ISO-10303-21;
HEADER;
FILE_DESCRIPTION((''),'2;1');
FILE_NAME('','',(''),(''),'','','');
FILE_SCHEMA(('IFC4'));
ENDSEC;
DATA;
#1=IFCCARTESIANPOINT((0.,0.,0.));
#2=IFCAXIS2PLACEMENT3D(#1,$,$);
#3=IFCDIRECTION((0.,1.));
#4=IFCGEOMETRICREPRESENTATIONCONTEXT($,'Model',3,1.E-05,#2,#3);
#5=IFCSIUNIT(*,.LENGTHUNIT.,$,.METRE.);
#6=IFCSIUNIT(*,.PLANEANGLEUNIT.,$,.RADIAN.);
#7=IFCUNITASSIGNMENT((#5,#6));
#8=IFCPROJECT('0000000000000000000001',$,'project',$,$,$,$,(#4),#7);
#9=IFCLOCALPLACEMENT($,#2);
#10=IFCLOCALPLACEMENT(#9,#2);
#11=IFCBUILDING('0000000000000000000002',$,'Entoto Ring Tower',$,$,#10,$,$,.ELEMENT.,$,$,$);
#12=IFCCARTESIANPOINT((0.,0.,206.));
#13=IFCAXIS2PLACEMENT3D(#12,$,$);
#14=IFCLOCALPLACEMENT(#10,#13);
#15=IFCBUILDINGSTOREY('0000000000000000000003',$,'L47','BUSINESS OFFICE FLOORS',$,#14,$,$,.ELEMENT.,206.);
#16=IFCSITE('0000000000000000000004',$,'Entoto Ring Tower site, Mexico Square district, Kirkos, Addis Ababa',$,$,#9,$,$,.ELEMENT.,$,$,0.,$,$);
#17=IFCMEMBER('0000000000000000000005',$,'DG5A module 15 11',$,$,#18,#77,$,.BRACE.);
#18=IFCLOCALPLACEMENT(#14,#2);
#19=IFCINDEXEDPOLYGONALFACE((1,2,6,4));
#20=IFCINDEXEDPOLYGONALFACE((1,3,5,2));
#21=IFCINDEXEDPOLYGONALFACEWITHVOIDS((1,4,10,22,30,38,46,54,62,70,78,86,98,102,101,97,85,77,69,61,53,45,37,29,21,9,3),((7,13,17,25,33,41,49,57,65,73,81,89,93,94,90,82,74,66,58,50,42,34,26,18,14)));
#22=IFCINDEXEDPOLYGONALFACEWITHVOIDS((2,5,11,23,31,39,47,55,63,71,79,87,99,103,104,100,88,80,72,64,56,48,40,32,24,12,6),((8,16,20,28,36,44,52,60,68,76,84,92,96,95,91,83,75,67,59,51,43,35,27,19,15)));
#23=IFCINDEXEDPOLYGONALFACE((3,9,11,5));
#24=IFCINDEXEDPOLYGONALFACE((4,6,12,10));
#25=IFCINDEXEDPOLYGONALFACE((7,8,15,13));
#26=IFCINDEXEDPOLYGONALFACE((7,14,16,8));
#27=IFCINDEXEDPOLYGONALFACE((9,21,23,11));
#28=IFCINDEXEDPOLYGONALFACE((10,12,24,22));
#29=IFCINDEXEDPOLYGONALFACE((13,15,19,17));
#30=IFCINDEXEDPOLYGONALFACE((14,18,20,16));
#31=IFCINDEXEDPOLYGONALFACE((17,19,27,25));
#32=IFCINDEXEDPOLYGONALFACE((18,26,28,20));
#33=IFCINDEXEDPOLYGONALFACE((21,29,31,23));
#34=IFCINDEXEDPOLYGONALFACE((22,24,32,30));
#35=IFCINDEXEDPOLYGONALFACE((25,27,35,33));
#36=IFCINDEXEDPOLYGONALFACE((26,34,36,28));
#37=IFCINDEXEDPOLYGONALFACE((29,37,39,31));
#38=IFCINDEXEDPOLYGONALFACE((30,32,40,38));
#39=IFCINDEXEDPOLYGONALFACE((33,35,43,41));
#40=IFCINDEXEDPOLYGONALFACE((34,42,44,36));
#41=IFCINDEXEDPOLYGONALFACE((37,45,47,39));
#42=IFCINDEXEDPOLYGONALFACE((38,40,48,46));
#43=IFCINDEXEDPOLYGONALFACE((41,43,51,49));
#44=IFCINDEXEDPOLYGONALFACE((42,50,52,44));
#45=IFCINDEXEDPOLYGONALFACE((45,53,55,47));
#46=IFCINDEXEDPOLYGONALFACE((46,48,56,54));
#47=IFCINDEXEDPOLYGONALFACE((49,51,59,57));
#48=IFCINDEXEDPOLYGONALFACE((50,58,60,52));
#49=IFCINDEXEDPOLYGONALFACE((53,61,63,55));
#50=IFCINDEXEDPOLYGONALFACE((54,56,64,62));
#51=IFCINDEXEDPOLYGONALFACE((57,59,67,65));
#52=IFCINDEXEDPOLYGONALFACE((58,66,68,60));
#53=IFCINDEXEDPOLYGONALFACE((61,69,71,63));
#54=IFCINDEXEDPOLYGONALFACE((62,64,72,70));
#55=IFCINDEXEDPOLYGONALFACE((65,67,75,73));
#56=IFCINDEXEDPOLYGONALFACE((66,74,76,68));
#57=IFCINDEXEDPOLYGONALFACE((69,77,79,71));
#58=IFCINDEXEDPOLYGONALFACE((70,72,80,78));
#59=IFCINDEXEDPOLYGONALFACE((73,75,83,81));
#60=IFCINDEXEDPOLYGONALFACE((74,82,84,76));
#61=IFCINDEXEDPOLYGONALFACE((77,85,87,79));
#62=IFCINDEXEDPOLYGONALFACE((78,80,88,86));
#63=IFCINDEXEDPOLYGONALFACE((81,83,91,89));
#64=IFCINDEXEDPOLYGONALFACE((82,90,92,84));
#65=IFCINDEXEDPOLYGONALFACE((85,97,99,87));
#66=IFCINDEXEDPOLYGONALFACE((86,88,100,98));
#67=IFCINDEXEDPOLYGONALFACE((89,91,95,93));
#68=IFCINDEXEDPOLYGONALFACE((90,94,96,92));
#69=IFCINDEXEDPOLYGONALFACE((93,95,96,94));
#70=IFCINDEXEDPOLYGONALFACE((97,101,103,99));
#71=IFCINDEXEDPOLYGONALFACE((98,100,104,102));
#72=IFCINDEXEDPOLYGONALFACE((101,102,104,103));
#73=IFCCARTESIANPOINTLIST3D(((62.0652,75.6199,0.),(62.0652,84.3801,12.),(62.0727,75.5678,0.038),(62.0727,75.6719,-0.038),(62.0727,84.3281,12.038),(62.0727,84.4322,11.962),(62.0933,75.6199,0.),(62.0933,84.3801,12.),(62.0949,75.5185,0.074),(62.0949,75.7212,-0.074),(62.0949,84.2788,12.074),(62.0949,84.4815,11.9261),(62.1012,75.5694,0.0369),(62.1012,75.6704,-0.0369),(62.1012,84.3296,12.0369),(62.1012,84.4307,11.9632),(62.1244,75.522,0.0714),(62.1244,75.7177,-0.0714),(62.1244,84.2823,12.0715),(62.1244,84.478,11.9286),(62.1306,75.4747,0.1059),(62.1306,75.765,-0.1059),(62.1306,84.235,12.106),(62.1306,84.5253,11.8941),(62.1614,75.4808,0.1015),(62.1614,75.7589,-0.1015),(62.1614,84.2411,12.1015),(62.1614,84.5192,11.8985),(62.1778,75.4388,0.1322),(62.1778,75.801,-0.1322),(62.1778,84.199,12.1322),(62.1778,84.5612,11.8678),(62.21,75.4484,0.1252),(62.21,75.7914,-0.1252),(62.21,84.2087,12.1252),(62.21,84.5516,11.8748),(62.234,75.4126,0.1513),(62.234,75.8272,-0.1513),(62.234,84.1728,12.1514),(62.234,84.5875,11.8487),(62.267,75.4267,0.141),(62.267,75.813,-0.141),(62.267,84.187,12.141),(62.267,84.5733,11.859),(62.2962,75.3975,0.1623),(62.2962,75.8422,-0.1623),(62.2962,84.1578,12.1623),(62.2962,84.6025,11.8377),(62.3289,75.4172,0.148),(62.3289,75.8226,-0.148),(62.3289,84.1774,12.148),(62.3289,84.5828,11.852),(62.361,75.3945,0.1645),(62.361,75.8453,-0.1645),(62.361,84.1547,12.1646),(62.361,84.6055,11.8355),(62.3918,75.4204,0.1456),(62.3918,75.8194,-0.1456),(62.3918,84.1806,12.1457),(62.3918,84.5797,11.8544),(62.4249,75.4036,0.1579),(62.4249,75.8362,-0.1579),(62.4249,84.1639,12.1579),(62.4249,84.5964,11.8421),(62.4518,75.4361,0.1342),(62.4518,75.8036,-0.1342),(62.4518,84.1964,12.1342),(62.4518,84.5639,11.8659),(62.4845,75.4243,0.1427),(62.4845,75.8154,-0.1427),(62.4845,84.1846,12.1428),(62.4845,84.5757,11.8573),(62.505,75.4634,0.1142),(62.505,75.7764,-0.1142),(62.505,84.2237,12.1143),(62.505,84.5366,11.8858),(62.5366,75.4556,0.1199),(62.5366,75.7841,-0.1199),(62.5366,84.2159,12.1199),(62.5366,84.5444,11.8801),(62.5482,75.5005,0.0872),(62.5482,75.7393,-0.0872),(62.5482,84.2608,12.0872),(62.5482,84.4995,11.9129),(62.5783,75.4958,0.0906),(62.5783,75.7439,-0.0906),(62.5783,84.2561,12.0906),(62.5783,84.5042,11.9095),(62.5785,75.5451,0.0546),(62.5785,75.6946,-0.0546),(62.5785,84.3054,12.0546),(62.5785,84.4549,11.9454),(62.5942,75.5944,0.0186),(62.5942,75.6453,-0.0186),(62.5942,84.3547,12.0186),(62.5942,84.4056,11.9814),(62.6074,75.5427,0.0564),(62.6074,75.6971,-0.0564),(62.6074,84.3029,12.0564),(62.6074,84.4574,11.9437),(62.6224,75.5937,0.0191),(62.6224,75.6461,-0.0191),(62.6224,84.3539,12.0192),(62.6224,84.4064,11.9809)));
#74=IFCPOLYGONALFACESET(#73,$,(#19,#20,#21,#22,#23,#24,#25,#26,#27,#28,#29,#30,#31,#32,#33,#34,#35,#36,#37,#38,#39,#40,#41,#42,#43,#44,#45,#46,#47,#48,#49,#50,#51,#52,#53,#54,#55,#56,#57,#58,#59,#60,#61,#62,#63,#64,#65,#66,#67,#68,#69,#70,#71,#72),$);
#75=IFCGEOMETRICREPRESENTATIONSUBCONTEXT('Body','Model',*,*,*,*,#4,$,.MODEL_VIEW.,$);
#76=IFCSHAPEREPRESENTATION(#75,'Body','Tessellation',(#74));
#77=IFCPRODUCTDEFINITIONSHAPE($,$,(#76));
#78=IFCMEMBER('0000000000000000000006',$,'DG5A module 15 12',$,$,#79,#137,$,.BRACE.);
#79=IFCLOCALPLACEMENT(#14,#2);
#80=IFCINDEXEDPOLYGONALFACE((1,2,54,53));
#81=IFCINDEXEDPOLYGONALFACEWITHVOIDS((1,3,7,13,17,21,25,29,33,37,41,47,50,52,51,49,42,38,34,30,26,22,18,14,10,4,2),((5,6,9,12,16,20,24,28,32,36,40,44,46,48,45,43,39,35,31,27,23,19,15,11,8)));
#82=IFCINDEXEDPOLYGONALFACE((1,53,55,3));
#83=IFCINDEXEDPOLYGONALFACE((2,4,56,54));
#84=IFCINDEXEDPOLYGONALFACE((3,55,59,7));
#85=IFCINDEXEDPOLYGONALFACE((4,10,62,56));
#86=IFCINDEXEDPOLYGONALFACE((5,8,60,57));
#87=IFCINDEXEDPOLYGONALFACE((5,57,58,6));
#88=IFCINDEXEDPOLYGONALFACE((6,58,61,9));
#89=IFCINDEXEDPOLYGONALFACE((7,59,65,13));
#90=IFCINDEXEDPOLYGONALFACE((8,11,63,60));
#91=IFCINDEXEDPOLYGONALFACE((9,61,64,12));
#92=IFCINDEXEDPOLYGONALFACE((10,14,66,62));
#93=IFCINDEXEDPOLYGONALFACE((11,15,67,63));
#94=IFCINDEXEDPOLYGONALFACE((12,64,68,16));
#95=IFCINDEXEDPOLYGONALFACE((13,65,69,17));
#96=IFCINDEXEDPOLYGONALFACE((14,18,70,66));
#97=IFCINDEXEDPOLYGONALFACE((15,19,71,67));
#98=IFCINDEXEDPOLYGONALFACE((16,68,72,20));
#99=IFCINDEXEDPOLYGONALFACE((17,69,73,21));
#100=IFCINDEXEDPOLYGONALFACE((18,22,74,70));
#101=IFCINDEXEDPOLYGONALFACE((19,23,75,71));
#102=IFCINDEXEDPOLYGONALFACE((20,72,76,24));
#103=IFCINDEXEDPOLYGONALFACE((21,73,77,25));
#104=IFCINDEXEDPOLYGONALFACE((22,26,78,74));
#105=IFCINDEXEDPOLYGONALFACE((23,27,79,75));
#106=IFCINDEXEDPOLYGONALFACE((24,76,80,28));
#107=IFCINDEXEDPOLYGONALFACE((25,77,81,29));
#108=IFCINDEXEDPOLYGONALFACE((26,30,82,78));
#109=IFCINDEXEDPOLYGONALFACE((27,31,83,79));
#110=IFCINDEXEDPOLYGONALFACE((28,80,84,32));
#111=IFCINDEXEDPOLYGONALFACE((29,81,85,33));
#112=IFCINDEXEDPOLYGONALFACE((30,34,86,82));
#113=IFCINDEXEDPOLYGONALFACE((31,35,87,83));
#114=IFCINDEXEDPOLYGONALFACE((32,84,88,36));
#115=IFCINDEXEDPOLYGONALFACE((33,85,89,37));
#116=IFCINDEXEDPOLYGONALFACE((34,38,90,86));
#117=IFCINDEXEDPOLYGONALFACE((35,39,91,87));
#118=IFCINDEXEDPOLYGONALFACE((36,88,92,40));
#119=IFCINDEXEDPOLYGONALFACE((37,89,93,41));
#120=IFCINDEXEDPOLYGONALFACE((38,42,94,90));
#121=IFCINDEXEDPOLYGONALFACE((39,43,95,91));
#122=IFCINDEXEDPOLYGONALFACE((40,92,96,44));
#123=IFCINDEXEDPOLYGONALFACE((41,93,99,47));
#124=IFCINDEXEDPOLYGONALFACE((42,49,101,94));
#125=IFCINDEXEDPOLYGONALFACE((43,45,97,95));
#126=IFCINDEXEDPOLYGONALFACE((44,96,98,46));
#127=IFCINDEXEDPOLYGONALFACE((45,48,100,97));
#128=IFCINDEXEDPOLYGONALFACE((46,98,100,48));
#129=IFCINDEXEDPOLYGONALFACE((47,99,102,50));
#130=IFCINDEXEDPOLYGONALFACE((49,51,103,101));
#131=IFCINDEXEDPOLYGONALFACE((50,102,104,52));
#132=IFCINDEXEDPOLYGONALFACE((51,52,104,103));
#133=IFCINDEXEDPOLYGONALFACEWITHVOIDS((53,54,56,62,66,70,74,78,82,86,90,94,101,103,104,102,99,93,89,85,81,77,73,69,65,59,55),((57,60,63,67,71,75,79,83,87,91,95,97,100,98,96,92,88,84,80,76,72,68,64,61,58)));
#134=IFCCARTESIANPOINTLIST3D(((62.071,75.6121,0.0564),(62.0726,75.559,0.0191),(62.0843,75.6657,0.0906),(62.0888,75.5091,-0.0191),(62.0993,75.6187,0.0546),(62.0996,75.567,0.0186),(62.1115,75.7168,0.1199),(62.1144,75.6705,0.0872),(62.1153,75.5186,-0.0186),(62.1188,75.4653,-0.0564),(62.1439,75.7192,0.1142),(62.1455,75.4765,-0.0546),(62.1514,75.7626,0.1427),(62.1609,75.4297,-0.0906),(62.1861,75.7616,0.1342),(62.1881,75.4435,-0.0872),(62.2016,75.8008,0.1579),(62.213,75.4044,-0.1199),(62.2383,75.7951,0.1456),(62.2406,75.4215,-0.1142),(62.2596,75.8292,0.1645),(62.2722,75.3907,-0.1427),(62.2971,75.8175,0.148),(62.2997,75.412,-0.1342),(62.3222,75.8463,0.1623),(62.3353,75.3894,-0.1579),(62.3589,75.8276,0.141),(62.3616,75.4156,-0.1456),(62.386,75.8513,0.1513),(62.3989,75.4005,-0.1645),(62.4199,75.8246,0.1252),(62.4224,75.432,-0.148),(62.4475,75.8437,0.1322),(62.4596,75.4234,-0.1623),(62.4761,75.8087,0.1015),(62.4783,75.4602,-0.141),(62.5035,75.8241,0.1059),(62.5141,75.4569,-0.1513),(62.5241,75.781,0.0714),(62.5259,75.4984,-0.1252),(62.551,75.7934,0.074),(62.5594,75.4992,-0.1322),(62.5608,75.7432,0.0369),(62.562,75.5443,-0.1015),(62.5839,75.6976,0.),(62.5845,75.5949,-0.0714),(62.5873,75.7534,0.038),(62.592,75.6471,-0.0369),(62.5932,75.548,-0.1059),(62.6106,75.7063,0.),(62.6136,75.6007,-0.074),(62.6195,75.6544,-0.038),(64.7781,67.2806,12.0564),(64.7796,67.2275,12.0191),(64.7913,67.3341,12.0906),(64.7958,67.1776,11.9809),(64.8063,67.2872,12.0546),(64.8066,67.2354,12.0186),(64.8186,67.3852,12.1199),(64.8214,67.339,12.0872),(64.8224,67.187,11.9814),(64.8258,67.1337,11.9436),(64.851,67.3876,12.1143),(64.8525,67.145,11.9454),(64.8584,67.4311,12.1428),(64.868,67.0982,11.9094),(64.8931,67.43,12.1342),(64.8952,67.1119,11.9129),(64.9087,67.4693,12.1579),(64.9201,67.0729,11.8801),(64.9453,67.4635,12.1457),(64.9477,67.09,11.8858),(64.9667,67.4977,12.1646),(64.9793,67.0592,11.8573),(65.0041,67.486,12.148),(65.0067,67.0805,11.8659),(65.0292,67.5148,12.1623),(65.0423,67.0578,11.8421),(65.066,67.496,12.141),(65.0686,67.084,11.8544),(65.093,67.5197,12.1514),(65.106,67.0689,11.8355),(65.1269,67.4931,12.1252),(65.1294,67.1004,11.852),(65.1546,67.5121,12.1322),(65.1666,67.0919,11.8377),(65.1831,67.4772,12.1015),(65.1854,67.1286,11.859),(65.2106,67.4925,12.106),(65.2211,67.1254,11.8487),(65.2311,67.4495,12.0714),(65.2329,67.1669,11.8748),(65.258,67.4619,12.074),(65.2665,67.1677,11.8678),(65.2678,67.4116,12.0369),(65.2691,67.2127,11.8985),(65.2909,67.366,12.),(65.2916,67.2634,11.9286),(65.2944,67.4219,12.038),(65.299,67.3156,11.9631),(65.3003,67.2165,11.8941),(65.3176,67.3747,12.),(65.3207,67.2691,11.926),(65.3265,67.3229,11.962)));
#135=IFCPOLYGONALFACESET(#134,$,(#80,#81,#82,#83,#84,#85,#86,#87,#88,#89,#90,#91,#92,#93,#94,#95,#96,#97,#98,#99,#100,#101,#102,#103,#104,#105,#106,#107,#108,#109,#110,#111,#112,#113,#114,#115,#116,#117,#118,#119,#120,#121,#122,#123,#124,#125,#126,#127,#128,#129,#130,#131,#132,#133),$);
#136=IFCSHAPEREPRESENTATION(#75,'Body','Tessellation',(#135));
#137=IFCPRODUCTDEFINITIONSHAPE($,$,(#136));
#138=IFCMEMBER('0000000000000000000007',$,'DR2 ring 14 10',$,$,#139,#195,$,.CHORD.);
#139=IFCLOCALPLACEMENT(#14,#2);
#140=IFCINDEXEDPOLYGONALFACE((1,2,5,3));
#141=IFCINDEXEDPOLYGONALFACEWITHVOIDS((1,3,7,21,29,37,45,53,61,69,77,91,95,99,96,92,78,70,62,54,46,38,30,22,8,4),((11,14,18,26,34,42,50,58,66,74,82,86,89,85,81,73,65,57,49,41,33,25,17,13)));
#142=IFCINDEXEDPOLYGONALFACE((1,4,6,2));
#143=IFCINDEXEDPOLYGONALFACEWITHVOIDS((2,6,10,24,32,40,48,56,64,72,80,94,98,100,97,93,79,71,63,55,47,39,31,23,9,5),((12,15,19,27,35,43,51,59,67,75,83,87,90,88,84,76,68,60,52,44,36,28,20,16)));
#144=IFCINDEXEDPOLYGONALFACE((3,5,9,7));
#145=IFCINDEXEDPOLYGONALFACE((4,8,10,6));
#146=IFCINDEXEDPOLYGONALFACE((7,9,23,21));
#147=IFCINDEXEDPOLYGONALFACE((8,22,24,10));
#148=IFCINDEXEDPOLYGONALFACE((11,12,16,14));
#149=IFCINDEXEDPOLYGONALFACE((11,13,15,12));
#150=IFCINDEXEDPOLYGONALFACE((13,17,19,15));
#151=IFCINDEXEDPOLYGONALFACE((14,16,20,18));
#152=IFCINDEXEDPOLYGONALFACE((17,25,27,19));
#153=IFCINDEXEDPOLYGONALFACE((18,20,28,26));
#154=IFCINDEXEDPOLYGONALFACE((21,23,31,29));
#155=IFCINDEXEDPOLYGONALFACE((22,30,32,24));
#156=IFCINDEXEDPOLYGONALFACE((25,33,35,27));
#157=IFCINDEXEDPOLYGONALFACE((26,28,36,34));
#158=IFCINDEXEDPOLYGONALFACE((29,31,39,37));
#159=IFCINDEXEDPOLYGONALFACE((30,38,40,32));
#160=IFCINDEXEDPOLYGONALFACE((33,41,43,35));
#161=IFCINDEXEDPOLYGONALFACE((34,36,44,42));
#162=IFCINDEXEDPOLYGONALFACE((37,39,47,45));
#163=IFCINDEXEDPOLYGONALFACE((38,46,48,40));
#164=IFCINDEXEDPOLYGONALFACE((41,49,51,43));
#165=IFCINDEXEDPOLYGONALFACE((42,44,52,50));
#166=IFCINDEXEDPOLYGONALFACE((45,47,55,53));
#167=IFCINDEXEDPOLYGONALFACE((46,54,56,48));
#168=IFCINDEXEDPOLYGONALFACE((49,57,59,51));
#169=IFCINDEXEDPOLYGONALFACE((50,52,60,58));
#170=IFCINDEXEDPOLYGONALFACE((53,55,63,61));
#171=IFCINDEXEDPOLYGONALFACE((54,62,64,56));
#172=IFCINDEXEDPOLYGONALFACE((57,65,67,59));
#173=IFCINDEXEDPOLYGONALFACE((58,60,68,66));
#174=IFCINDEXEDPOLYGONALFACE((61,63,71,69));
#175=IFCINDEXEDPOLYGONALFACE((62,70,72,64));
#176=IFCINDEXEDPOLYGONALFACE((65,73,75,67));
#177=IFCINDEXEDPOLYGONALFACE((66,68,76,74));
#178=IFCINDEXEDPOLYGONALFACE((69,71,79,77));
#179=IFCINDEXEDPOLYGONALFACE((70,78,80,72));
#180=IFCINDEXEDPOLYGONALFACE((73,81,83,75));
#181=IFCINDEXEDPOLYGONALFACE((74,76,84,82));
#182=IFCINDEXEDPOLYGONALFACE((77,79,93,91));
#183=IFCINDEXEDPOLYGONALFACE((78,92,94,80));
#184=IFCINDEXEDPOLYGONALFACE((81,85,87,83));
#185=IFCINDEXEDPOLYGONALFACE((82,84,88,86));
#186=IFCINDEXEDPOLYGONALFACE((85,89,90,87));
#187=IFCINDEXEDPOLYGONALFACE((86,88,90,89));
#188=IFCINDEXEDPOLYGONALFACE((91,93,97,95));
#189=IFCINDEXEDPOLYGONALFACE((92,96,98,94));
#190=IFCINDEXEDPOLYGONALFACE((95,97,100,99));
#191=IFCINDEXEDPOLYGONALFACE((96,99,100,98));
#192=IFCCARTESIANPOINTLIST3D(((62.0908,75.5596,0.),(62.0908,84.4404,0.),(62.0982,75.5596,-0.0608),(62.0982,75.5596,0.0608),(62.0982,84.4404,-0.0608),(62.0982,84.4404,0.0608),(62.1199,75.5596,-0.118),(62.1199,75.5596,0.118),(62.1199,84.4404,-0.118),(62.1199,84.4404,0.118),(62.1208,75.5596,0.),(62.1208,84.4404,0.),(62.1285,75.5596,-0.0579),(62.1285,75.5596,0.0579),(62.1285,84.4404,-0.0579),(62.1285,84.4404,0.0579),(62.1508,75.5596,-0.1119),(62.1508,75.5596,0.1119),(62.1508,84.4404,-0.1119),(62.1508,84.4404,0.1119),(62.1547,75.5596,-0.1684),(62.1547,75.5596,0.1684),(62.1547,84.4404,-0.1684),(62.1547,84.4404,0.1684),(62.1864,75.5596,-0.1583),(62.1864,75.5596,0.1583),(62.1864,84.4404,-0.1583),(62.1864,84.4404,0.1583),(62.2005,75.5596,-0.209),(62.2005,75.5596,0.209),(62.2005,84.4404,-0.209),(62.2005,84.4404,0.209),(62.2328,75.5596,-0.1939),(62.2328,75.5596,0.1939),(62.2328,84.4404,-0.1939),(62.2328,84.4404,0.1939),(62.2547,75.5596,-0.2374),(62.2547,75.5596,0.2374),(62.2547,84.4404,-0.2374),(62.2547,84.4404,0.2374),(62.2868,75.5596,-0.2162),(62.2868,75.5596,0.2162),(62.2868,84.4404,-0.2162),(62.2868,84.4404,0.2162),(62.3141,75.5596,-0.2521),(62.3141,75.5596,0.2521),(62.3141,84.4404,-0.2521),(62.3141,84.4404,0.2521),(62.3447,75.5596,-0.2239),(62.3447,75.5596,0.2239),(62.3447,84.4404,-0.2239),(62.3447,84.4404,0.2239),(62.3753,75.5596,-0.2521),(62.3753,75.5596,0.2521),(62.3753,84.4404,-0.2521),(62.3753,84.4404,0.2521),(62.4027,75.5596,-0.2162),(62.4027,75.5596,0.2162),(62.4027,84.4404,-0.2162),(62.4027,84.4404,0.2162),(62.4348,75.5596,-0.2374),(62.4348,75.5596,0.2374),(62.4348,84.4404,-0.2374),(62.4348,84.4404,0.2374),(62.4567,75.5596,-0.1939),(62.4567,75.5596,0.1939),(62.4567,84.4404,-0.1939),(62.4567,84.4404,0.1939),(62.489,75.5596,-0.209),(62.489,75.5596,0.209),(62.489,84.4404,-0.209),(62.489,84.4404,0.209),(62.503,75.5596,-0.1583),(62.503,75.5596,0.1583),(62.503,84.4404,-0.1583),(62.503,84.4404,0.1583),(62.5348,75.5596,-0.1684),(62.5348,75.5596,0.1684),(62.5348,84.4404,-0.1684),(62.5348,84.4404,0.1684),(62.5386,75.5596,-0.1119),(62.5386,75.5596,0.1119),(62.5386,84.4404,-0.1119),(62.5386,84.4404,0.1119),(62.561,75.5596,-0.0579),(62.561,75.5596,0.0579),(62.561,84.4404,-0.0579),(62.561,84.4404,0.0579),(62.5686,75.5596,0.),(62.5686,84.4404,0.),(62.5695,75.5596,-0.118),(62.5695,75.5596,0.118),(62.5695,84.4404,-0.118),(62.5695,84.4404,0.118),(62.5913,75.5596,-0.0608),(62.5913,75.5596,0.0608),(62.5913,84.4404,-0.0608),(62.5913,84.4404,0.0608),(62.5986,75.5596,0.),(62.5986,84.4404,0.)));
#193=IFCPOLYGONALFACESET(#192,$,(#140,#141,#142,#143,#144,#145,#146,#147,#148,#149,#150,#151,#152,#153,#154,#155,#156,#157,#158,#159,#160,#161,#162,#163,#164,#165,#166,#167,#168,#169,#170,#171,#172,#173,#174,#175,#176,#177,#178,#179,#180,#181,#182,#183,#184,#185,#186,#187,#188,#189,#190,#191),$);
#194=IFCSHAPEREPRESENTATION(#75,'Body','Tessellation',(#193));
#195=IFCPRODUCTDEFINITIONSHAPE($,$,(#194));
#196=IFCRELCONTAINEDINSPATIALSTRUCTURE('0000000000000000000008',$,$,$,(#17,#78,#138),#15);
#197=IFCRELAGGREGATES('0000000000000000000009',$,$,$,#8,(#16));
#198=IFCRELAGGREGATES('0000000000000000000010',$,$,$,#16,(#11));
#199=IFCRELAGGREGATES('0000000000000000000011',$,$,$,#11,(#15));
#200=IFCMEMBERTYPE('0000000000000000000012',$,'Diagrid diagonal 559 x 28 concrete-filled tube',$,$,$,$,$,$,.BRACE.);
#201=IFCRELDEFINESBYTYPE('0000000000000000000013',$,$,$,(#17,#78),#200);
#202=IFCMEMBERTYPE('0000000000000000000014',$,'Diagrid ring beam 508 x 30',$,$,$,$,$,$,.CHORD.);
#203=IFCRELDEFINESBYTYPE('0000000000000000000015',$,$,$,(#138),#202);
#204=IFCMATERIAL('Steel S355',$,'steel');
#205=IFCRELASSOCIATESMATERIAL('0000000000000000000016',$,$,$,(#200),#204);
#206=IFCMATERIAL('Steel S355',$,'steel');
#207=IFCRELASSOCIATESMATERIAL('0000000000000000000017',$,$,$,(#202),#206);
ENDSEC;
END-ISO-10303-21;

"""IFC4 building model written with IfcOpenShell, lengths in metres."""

from ifc_helpers import new_model, si_unit, direction, frame, origin, origin_2d, place, context, subcontext, project, spatial, circle, hollow_circle, extrude, material, material_profile, profile_set, type_object, element, save


model = new_model("IFC4")

# Units and contexts
model_context = context("Model", 3, precision=1e-05, world=origin(), true_north=direction((0.0, 1.0)))
body_context = subcontext(model_context, "Body", "Model", "MODEL_VIEW")
ifc_project = project(units=[si_unit("LENGTHUNIT", "METRE"), si_unit("PLANEANGLEUNIT", "RADIAN")], contexts=[model_context])

# Site, building, storey
site_placement = place(None, origin())
site = spatial("IfcSite", under=ifc_project, at=site_placement, Name="Entoto Ring Tower site, Mexico Square district, Kirkos, Addis Ababa", CompositionType="ELEMENT", RefElevation=0.0)
building_placement = place(site_placement, origin())
building = spatial("IfcBuilding", under=site, at=building_placement, Name="Entoto Ring Tower", CompositionType="ELEMENT")
storey_placement = place(building_placement, frame((0.0, 0.0, 206.0)))
storey = spatial("IfcBuildingStorey", under=building, at=storey_placement, Name="L47", Description="BUSINESS OFFICE FLOORS", CompositionType="ELEMENT", Elevation=206.0)

# Members
ifc_material_1 = material(Name="Steel S355", Category="steel")
ifc_material_profile_1 = material_profile(ifc_material_1, hollow_circle(Radius=0.2795, WallThickness=0.0281, at=origin_2d()), Name="CHS 559 x 28")
ifc_material_2 = material(Name="Concrete C60/75", Category="concrete")
ifc_material_profile_2 = material_profile(ifc_material_2, circle(Radius=0.2515, at=origin_2d()), Name="Concrete C60/75 infill")
ifc_profile_set_1 = profile_set([ifc_material_profile_1, ifc_material_profile_2], Name="Steel S355")
member_type_1 = type_object("IfcMemberType", Name="Diagrid diagonal 559 x 28 concrete-filled tube", PredefinedType="BRACE", material=ifc_profile_set_1)
for number, where, z_axis, x_axis, name in (
    (1, (62.3447, 75.6199, 0.0), (0.0, 0.589623, 0.807679), (-1.0, 0.0, 0.0), "DG5A module 15 11"),
    (2, (62.3447, 75.6199, 0.0), (0.182201, -0.560767, 0.807678), (0.951058, 0.309012, 0.0), "DG5A module 15 12"),
):
    element("IfcMember", number, at=place(storey_placement, frame(where, z_axis=z_axis, x_axis=x_axis)), inside=storey, type_object=member_type_1, Name=name, PredefinedType="BRACE", context=body_context, shape_type="SweptSolid", body=[
        extrude(hollow_circle(Radius=0.2795, WallThickness=0.0281, at=origin_2d()), origin(), (0.0, 0.0, 1.0), 14.8574),
    ])
ifc_material_3 = material(Name="Steel S355", Category="steel")
ifc_material_profile_3 = material_profile(ifc_material_3, hollow_circle(Radius=0.2539, WallThickness=0.03, at=origin_2d()), Name="CHS 508 x 30")
ifc_material_4 = material(Name="Concrete C60/75", Category="concrete")
ifc_material_profile_4 = material_profile(ifc_material_4, circle(Radius=0.2241, at=origin_2d()), Name="Concrete C60/75 infill")
ifc_profile_set_2 = profile_set([ifc_material_profile_3, ifc_material_profile_4], Name="Steel S355")
member_type_2 = type_object("IfcMemberType", Name="Diagrid ring beam 508 x 30", PredefinedType="CHORD", material=ifc_profile_set_2)
member_1_placement = place(storey_placement, frame((62.3447, 84.4404, 0.0), z_axis=(0.0, -1.0, 0.0), x_axis=(1.0, 0.0, 0.0)))
element("IfcMember", 3, at=member_1_placement, inside=storey, type_object=member_type_2, Name="DR2 ring 14 10", PredefinedType="CHORD", context=body_context, shape_type="SweptSolid", body=[
    extrude(hollow_circle(Radius=0.2539, WallThickness=0.03, at=origin_2d()), origin(), (0.0, 0.0, 1.0), 8.8809),
])

save(model, "model.ifc")
